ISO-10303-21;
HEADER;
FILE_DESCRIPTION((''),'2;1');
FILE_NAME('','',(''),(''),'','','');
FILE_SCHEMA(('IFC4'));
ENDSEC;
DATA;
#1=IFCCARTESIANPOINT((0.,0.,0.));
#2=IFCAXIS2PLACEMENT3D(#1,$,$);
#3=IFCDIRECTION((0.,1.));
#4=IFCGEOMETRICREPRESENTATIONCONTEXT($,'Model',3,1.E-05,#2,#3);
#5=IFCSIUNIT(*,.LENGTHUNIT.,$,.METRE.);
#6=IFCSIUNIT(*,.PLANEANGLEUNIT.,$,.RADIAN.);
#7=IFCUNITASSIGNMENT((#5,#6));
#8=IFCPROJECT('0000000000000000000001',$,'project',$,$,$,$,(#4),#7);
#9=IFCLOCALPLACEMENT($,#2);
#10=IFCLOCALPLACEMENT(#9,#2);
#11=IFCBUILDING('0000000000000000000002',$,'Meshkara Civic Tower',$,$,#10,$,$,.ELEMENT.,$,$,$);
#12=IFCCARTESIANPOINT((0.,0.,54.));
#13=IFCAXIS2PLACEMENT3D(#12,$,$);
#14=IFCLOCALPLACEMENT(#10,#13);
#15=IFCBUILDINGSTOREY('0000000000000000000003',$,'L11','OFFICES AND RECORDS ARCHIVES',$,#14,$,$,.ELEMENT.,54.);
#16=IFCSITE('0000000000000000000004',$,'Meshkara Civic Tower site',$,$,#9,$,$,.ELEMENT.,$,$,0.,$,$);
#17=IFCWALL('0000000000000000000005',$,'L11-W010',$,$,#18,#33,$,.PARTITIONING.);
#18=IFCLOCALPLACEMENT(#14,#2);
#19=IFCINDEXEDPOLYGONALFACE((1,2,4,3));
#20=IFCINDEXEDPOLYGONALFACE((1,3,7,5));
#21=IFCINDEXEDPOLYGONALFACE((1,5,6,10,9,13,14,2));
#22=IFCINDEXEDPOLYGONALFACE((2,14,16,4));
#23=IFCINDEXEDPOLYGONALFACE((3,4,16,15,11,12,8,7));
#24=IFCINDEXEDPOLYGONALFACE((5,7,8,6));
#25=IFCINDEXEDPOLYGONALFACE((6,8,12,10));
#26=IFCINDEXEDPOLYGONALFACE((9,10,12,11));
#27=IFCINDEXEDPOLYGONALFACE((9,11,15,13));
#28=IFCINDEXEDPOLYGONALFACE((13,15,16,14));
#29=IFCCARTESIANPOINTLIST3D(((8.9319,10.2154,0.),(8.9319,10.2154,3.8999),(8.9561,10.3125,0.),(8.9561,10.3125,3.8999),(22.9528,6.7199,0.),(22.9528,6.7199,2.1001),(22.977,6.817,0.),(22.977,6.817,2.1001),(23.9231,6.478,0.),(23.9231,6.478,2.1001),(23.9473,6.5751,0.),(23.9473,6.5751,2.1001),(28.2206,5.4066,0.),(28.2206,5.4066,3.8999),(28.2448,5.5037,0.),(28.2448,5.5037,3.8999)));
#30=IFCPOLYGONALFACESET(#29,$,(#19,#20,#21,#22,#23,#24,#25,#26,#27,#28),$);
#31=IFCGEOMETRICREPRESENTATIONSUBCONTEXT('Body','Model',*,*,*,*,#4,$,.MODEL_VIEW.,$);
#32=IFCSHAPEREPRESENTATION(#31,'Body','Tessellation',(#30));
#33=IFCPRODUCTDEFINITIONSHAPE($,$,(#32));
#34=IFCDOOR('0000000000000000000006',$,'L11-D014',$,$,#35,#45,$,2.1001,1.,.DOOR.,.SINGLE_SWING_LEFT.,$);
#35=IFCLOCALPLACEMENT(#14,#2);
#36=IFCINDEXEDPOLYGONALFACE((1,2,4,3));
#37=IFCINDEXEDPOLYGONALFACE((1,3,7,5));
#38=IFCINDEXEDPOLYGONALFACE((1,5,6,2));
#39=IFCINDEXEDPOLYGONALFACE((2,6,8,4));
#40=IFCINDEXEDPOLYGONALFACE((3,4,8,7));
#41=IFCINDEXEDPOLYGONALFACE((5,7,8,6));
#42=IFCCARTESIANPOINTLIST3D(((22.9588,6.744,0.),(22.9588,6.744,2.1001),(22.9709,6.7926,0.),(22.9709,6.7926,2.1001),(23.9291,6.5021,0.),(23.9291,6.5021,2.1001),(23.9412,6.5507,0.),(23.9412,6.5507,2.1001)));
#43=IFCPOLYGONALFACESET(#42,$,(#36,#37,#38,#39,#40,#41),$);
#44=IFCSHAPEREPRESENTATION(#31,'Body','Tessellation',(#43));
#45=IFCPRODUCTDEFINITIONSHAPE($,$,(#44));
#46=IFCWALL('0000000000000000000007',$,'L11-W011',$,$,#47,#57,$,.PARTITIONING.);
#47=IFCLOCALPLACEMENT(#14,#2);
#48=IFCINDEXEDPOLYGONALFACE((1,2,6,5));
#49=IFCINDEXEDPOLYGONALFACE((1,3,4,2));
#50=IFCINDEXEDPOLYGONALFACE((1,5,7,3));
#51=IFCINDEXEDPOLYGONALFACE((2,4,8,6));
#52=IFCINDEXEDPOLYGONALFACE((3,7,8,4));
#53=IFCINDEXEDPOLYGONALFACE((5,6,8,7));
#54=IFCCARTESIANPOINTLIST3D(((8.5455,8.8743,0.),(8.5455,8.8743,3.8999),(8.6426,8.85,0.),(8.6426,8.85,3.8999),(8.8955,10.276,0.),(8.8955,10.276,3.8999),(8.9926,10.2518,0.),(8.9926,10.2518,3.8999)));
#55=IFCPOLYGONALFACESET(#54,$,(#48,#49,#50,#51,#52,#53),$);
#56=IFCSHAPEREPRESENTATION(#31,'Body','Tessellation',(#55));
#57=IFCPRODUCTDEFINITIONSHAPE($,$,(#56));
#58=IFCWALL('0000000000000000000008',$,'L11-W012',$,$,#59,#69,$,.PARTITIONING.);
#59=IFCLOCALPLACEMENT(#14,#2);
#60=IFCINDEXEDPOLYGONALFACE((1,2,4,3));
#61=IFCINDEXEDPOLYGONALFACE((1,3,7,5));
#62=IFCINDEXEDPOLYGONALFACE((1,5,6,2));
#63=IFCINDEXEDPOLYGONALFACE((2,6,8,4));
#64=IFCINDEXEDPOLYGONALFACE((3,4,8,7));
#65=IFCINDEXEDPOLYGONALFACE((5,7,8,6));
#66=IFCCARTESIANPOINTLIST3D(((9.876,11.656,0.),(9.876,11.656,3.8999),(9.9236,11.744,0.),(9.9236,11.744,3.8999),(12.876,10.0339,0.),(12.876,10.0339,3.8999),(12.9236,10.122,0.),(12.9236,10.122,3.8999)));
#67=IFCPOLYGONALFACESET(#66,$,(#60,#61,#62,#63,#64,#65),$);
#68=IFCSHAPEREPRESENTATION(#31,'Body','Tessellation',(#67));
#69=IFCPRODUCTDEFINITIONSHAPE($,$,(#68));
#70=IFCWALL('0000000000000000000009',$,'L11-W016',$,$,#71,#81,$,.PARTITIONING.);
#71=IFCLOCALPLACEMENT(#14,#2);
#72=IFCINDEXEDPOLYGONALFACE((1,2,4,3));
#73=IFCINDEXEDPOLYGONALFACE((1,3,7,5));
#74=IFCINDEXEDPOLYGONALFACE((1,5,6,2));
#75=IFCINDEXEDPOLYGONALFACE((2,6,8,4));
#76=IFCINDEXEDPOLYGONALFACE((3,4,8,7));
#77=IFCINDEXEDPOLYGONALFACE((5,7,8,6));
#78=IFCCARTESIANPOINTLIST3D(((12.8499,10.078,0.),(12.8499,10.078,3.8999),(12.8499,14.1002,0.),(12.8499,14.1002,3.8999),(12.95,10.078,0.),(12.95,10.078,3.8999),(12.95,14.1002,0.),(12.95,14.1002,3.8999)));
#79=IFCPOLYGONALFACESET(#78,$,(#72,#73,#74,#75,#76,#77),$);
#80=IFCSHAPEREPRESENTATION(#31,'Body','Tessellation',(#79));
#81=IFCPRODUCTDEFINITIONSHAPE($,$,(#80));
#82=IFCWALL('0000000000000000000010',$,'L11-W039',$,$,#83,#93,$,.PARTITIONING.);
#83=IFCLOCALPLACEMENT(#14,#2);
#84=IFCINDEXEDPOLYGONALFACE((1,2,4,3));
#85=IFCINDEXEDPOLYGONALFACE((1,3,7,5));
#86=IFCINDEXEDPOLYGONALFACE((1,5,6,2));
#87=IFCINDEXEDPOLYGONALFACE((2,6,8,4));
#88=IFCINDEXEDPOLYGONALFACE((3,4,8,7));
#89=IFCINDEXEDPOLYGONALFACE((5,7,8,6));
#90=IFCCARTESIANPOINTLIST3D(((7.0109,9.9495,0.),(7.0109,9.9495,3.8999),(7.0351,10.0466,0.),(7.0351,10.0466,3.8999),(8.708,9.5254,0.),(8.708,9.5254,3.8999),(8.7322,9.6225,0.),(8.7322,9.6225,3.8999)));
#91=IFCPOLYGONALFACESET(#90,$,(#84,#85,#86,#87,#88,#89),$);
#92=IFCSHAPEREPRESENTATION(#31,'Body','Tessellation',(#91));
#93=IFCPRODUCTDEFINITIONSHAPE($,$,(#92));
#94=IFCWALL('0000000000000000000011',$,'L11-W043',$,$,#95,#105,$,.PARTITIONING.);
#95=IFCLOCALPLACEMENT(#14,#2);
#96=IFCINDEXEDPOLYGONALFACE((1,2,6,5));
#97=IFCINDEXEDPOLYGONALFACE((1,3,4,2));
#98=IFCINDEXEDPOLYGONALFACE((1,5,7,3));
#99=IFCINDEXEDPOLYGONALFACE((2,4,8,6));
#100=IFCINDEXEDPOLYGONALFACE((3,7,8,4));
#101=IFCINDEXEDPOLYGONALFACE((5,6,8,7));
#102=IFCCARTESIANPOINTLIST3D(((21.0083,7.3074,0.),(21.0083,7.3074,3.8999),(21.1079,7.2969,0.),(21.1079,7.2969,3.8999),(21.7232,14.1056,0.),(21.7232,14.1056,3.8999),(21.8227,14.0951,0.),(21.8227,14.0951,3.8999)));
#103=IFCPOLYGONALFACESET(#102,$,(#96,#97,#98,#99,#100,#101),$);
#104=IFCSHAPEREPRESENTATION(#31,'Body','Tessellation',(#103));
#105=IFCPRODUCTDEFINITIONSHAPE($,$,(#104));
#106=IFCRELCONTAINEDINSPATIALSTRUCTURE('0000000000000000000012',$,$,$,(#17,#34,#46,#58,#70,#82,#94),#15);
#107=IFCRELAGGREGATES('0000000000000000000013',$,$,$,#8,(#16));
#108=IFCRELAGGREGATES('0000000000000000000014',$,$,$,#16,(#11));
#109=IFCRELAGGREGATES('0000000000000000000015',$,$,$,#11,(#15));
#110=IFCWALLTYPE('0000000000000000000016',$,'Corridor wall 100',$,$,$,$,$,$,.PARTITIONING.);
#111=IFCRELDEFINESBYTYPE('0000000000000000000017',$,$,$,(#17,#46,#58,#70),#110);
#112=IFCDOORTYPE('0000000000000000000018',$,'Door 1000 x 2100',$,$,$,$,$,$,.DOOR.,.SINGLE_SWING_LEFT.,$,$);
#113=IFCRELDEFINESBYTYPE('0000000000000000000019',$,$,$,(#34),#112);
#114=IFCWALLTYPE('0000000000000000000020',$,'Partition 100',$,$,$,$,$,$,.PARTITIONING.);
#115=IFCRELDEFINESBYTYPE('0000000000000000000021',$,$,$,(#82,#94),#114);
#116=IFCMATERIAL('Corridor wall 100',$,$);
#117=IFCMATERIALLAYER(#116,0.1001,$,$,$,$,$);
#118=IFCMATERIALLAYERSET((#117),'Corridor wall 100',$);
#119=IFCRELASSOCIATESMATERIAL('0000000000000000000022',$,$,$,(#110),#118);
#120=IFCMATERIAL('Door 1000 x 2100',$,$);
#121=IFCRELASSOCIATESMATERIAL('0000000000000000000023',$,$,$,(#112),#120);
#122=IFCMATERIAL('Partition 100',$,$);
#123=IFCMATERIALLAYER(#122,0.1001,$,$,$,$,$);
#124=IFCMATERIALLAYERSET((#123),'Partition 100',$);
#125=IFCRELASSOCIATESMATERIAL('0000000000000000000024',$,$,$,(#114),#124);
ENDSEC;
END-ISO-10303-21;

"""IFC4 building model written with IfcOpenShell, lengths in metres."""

from ifc_helpers import new_model, si_unit, direction, frame, frame_2d, origin, place, context, subcontext, project, spatial, rectangle, extrude, material, layer, layer_set, type_object, element, fill, save


model = new_model("IFC4")

# Units and contexts
model_context = context("Model", 3, precision=1e-05, world=origin(), true_north=direction((0.0, 1.0)))
body_context = subcontext(model_context, "Body", "Model", "MODEL_VIEW")
ifc_project = project(units=[si_unit("LENGTHUNIT", "METRE"), si_unit("PLANEANGLEUNIT", "RADIAN")], contexts=[model_context])

# Site, building, storey
site_placement = place(None, origin())
site = spatial("IfcSite", under=ifc_project, at=site_placement, Name="Meshkara Civic Tower site", CompositionType="ELEMENT", RefElevation=0.0)
building_placement = place(site_placement, origin())
building = spatial("IfcBuilding", under=site, at=building_placement, Name="Meshkara Civic Tower", CompositionType="ELEMENT")
storey_placement = place(building_placement, frame((0.0, 0.0, 54.0)))
storey = spatial("IfcBuildingStorey", under=building, at=storey_placement, Name="L11", Description="OFFICES AND RECORDS ARCHIVES", CompositionType="ELEMENT", Elevation=54.0)

# Shared definitions
ifc_material_1 = material(Name="Corridor wall 100")
ifc_layer_1 = layer(ifc_material_1, 0.1001)
ifc_layer_set_1 = layer_set([ifc_layer_1], Name="Corridor wall 100")
wall_type_1 = type_object("IfcWallType", Name="Corridor wall 100", PredefinedType="PARTITIONING", material=ifc_layer_set_1)
ifc_material_2 = material(Name="Door 1000 x 2100")
door_type_1 = type_object("IfcDoorType", Name="Door 1000 x 2100", OperationType="SINGLE_SWING_LEFT", PredefinedType="DOOR", material=ifc_material_2)

# Wall, opening, door
wall_1_placement = place(storey_placement, frame((8.9441, 10.2639, 0.0), z_axis=(0.0, 0.0, 1.0), x_axis=(0.970301, -0.241903, 0.0)))
wall_1 = element("IfcWall", 1, at=wall_1_placement, inside=storey, type_object=wall_type_1, Name="L11-W010", PredefinedType="PARTITIONING", context=body_context, shape_type="SweptSolid", body=[
    extrude(rectangle(XDim=19.8792, YDim=0.1001, at=frame_2d((9.9395, 0.0))), origin(), (0.0, 0.0, 1.0), 3.8999),
])
opening_1_placement = place(wall_1_placement, frame((14.45, 0.0, 0.0)))
opening_1 = element("IfcOpeningElement", 2, at=opening_1_placement, cuts=wall_1, PredefinedType="OPENING", context=body_context, shape_type="SweptSolid", body=[
    extrude(rectangle(XDim=1.0, YDim=2.1001, at=frame_2d((0.5, 1.05))), frame((0.0, 0.0601, 0.0), z_axis=(0.0, -1.0, 0.0), x_axis=(1.0, 0.0, 0.0)), (0.0, 0.0, 1.0), 0.1201),
])
door_1_placement = place(opening_1_placement, origin())
door_1 = element("IfcDoor", 3, at=door_1_placement, inside=storey, type_object=door_type_1, Name="L11-D014", OperationType="SINGLE_SWING_LEFT", OverallHeight=2.1001, OverallWidth=1.0, PredefinedType="DOOR", context=body_context, shape_type="SweptSolid", body=[
    extrude(rectangle(XDim=1.0, YDim=2.1001, at=frame_2d((0.5, 1.05))), frame((0.0, 0.0249, 0.0), z_axis=(0.0, -1.0, 0.0), x_axis=(1.0, 0.0, 0.0)), (0.0, 0.0, 1.0), 0.05),
])
fill(opening_1, door_1)

# Walls
wall_2_placement = place(storey_placement, frame((8.9441, 10.2639, 0.0), z_axis=(0.0, 0.0, 1.0), x_axis=(-0.242297, -0.970202, 0.0)))
element("IfcWall", 4, at=wall_2_placement, inside=storey, type_object=wall_type_1, Name="L11-W011", PredefinedType="PARTITIONING", context=body_context, shape_type="SweptSolid", body=[
    extrude(rectangle(XDim=1.4448, YDim=0.1001, at=frame_2d((0.7224, 0.0))), origin(), (0.0, 0.0, 1.0), 3.8999),
])
wall_3_placement = place(storey_placement, frame((9.8999, 11.7, 0.0), z_axis=(0.0, 0.0, 1.0), x_axis=(0.879651, -0.475619, 0.0)))
element("IfcWall", 5, at=wall_3_placement, inside=storey, type_object=wall_type_1, Name="L11-W012", PredefinedType="PARTITIONING", context=body_context, shape_type="SweptSolid", body=[
    extrude(rectangle(XDim=3.4104, YDim=0.1001, at=frame_2d((1.7051, 0.0))), origin(), (0.0, 0.0, 1.0), 3.8999),
])
wall_4_placement = place(storey_placement, frame((12.8999, 10.0779, 0.0), z_axis=(0.0, 0.0, 1.0), x_axis=(0.0, 1.0, 0.0)))
element("IfcWall", 6, at=wall_4_placement, inside=storey, type_object=wall_type_1, Name="L11-W016", PredefinedType="PARTITIONING", context=body_context, shape_type="SweptSolid", body=[
    extrude(rectangle(XDim=4.0222, YDim=0.1001, at=frame_2d((2.0112, 0.0))), origin(), (0.0, 0.0, 1.0), 3.8999),
])
ifc_material_3 = material(Name="Partition 100")
ifc_layer_2 = layer(ifc_material_3, 0.1001)
ifc_layer_set_2 = layer_set([ifc_layer_2], Name="Partition 100")
wall_type_2 = type_object("IfcWallType", Name="Partition 100", PredefinedType="PARTITIONING", material=ifc_layer_set_2)
wall_5_placement = place(storey_placement, frame((8.72, 9.574, 0.0), z_axis=(0.0, 0.0, 1.0), x_axis=(-0.970167, 0.242437, 0.0)))
element("IfcWall", 7, at=wall_5_placement, inside=storey, type_object=wall_type_2, Name="L11-W039", PredefinedType="PARTITIONING", context=body_context, shape_type="SweptSolid", body=[
    extrude(rectangle(XDim=1.7493, YDim=0.1001, at=frame_2d((0.8745, 0.0))), origin(), (0.0, 0.0, 1.0), 3.8999),
])
wall_6_placement = place(storey_placement, frame((21.0581, 7.302, 0.0), z_axis=(0.0, 0.0, 1.0), x_axis=(0.104577, 0.994517, 0.0)))
element("IfcWall", 8, at=wall_6_placement, inside=storey, type_object=wall_type_2, Name="L11-W043", PredefinedType="PARTITIONING", context=body_context, shape_type="SweptSolid", body=[
    extrude(rectangle(XDim=6.8357, YDim=0.1001, at=frame_2d((3.418, 0.0))), origin(), (0.0, 0.0, 1.0), 3.8999),
])

save(model, "model.ifc")
